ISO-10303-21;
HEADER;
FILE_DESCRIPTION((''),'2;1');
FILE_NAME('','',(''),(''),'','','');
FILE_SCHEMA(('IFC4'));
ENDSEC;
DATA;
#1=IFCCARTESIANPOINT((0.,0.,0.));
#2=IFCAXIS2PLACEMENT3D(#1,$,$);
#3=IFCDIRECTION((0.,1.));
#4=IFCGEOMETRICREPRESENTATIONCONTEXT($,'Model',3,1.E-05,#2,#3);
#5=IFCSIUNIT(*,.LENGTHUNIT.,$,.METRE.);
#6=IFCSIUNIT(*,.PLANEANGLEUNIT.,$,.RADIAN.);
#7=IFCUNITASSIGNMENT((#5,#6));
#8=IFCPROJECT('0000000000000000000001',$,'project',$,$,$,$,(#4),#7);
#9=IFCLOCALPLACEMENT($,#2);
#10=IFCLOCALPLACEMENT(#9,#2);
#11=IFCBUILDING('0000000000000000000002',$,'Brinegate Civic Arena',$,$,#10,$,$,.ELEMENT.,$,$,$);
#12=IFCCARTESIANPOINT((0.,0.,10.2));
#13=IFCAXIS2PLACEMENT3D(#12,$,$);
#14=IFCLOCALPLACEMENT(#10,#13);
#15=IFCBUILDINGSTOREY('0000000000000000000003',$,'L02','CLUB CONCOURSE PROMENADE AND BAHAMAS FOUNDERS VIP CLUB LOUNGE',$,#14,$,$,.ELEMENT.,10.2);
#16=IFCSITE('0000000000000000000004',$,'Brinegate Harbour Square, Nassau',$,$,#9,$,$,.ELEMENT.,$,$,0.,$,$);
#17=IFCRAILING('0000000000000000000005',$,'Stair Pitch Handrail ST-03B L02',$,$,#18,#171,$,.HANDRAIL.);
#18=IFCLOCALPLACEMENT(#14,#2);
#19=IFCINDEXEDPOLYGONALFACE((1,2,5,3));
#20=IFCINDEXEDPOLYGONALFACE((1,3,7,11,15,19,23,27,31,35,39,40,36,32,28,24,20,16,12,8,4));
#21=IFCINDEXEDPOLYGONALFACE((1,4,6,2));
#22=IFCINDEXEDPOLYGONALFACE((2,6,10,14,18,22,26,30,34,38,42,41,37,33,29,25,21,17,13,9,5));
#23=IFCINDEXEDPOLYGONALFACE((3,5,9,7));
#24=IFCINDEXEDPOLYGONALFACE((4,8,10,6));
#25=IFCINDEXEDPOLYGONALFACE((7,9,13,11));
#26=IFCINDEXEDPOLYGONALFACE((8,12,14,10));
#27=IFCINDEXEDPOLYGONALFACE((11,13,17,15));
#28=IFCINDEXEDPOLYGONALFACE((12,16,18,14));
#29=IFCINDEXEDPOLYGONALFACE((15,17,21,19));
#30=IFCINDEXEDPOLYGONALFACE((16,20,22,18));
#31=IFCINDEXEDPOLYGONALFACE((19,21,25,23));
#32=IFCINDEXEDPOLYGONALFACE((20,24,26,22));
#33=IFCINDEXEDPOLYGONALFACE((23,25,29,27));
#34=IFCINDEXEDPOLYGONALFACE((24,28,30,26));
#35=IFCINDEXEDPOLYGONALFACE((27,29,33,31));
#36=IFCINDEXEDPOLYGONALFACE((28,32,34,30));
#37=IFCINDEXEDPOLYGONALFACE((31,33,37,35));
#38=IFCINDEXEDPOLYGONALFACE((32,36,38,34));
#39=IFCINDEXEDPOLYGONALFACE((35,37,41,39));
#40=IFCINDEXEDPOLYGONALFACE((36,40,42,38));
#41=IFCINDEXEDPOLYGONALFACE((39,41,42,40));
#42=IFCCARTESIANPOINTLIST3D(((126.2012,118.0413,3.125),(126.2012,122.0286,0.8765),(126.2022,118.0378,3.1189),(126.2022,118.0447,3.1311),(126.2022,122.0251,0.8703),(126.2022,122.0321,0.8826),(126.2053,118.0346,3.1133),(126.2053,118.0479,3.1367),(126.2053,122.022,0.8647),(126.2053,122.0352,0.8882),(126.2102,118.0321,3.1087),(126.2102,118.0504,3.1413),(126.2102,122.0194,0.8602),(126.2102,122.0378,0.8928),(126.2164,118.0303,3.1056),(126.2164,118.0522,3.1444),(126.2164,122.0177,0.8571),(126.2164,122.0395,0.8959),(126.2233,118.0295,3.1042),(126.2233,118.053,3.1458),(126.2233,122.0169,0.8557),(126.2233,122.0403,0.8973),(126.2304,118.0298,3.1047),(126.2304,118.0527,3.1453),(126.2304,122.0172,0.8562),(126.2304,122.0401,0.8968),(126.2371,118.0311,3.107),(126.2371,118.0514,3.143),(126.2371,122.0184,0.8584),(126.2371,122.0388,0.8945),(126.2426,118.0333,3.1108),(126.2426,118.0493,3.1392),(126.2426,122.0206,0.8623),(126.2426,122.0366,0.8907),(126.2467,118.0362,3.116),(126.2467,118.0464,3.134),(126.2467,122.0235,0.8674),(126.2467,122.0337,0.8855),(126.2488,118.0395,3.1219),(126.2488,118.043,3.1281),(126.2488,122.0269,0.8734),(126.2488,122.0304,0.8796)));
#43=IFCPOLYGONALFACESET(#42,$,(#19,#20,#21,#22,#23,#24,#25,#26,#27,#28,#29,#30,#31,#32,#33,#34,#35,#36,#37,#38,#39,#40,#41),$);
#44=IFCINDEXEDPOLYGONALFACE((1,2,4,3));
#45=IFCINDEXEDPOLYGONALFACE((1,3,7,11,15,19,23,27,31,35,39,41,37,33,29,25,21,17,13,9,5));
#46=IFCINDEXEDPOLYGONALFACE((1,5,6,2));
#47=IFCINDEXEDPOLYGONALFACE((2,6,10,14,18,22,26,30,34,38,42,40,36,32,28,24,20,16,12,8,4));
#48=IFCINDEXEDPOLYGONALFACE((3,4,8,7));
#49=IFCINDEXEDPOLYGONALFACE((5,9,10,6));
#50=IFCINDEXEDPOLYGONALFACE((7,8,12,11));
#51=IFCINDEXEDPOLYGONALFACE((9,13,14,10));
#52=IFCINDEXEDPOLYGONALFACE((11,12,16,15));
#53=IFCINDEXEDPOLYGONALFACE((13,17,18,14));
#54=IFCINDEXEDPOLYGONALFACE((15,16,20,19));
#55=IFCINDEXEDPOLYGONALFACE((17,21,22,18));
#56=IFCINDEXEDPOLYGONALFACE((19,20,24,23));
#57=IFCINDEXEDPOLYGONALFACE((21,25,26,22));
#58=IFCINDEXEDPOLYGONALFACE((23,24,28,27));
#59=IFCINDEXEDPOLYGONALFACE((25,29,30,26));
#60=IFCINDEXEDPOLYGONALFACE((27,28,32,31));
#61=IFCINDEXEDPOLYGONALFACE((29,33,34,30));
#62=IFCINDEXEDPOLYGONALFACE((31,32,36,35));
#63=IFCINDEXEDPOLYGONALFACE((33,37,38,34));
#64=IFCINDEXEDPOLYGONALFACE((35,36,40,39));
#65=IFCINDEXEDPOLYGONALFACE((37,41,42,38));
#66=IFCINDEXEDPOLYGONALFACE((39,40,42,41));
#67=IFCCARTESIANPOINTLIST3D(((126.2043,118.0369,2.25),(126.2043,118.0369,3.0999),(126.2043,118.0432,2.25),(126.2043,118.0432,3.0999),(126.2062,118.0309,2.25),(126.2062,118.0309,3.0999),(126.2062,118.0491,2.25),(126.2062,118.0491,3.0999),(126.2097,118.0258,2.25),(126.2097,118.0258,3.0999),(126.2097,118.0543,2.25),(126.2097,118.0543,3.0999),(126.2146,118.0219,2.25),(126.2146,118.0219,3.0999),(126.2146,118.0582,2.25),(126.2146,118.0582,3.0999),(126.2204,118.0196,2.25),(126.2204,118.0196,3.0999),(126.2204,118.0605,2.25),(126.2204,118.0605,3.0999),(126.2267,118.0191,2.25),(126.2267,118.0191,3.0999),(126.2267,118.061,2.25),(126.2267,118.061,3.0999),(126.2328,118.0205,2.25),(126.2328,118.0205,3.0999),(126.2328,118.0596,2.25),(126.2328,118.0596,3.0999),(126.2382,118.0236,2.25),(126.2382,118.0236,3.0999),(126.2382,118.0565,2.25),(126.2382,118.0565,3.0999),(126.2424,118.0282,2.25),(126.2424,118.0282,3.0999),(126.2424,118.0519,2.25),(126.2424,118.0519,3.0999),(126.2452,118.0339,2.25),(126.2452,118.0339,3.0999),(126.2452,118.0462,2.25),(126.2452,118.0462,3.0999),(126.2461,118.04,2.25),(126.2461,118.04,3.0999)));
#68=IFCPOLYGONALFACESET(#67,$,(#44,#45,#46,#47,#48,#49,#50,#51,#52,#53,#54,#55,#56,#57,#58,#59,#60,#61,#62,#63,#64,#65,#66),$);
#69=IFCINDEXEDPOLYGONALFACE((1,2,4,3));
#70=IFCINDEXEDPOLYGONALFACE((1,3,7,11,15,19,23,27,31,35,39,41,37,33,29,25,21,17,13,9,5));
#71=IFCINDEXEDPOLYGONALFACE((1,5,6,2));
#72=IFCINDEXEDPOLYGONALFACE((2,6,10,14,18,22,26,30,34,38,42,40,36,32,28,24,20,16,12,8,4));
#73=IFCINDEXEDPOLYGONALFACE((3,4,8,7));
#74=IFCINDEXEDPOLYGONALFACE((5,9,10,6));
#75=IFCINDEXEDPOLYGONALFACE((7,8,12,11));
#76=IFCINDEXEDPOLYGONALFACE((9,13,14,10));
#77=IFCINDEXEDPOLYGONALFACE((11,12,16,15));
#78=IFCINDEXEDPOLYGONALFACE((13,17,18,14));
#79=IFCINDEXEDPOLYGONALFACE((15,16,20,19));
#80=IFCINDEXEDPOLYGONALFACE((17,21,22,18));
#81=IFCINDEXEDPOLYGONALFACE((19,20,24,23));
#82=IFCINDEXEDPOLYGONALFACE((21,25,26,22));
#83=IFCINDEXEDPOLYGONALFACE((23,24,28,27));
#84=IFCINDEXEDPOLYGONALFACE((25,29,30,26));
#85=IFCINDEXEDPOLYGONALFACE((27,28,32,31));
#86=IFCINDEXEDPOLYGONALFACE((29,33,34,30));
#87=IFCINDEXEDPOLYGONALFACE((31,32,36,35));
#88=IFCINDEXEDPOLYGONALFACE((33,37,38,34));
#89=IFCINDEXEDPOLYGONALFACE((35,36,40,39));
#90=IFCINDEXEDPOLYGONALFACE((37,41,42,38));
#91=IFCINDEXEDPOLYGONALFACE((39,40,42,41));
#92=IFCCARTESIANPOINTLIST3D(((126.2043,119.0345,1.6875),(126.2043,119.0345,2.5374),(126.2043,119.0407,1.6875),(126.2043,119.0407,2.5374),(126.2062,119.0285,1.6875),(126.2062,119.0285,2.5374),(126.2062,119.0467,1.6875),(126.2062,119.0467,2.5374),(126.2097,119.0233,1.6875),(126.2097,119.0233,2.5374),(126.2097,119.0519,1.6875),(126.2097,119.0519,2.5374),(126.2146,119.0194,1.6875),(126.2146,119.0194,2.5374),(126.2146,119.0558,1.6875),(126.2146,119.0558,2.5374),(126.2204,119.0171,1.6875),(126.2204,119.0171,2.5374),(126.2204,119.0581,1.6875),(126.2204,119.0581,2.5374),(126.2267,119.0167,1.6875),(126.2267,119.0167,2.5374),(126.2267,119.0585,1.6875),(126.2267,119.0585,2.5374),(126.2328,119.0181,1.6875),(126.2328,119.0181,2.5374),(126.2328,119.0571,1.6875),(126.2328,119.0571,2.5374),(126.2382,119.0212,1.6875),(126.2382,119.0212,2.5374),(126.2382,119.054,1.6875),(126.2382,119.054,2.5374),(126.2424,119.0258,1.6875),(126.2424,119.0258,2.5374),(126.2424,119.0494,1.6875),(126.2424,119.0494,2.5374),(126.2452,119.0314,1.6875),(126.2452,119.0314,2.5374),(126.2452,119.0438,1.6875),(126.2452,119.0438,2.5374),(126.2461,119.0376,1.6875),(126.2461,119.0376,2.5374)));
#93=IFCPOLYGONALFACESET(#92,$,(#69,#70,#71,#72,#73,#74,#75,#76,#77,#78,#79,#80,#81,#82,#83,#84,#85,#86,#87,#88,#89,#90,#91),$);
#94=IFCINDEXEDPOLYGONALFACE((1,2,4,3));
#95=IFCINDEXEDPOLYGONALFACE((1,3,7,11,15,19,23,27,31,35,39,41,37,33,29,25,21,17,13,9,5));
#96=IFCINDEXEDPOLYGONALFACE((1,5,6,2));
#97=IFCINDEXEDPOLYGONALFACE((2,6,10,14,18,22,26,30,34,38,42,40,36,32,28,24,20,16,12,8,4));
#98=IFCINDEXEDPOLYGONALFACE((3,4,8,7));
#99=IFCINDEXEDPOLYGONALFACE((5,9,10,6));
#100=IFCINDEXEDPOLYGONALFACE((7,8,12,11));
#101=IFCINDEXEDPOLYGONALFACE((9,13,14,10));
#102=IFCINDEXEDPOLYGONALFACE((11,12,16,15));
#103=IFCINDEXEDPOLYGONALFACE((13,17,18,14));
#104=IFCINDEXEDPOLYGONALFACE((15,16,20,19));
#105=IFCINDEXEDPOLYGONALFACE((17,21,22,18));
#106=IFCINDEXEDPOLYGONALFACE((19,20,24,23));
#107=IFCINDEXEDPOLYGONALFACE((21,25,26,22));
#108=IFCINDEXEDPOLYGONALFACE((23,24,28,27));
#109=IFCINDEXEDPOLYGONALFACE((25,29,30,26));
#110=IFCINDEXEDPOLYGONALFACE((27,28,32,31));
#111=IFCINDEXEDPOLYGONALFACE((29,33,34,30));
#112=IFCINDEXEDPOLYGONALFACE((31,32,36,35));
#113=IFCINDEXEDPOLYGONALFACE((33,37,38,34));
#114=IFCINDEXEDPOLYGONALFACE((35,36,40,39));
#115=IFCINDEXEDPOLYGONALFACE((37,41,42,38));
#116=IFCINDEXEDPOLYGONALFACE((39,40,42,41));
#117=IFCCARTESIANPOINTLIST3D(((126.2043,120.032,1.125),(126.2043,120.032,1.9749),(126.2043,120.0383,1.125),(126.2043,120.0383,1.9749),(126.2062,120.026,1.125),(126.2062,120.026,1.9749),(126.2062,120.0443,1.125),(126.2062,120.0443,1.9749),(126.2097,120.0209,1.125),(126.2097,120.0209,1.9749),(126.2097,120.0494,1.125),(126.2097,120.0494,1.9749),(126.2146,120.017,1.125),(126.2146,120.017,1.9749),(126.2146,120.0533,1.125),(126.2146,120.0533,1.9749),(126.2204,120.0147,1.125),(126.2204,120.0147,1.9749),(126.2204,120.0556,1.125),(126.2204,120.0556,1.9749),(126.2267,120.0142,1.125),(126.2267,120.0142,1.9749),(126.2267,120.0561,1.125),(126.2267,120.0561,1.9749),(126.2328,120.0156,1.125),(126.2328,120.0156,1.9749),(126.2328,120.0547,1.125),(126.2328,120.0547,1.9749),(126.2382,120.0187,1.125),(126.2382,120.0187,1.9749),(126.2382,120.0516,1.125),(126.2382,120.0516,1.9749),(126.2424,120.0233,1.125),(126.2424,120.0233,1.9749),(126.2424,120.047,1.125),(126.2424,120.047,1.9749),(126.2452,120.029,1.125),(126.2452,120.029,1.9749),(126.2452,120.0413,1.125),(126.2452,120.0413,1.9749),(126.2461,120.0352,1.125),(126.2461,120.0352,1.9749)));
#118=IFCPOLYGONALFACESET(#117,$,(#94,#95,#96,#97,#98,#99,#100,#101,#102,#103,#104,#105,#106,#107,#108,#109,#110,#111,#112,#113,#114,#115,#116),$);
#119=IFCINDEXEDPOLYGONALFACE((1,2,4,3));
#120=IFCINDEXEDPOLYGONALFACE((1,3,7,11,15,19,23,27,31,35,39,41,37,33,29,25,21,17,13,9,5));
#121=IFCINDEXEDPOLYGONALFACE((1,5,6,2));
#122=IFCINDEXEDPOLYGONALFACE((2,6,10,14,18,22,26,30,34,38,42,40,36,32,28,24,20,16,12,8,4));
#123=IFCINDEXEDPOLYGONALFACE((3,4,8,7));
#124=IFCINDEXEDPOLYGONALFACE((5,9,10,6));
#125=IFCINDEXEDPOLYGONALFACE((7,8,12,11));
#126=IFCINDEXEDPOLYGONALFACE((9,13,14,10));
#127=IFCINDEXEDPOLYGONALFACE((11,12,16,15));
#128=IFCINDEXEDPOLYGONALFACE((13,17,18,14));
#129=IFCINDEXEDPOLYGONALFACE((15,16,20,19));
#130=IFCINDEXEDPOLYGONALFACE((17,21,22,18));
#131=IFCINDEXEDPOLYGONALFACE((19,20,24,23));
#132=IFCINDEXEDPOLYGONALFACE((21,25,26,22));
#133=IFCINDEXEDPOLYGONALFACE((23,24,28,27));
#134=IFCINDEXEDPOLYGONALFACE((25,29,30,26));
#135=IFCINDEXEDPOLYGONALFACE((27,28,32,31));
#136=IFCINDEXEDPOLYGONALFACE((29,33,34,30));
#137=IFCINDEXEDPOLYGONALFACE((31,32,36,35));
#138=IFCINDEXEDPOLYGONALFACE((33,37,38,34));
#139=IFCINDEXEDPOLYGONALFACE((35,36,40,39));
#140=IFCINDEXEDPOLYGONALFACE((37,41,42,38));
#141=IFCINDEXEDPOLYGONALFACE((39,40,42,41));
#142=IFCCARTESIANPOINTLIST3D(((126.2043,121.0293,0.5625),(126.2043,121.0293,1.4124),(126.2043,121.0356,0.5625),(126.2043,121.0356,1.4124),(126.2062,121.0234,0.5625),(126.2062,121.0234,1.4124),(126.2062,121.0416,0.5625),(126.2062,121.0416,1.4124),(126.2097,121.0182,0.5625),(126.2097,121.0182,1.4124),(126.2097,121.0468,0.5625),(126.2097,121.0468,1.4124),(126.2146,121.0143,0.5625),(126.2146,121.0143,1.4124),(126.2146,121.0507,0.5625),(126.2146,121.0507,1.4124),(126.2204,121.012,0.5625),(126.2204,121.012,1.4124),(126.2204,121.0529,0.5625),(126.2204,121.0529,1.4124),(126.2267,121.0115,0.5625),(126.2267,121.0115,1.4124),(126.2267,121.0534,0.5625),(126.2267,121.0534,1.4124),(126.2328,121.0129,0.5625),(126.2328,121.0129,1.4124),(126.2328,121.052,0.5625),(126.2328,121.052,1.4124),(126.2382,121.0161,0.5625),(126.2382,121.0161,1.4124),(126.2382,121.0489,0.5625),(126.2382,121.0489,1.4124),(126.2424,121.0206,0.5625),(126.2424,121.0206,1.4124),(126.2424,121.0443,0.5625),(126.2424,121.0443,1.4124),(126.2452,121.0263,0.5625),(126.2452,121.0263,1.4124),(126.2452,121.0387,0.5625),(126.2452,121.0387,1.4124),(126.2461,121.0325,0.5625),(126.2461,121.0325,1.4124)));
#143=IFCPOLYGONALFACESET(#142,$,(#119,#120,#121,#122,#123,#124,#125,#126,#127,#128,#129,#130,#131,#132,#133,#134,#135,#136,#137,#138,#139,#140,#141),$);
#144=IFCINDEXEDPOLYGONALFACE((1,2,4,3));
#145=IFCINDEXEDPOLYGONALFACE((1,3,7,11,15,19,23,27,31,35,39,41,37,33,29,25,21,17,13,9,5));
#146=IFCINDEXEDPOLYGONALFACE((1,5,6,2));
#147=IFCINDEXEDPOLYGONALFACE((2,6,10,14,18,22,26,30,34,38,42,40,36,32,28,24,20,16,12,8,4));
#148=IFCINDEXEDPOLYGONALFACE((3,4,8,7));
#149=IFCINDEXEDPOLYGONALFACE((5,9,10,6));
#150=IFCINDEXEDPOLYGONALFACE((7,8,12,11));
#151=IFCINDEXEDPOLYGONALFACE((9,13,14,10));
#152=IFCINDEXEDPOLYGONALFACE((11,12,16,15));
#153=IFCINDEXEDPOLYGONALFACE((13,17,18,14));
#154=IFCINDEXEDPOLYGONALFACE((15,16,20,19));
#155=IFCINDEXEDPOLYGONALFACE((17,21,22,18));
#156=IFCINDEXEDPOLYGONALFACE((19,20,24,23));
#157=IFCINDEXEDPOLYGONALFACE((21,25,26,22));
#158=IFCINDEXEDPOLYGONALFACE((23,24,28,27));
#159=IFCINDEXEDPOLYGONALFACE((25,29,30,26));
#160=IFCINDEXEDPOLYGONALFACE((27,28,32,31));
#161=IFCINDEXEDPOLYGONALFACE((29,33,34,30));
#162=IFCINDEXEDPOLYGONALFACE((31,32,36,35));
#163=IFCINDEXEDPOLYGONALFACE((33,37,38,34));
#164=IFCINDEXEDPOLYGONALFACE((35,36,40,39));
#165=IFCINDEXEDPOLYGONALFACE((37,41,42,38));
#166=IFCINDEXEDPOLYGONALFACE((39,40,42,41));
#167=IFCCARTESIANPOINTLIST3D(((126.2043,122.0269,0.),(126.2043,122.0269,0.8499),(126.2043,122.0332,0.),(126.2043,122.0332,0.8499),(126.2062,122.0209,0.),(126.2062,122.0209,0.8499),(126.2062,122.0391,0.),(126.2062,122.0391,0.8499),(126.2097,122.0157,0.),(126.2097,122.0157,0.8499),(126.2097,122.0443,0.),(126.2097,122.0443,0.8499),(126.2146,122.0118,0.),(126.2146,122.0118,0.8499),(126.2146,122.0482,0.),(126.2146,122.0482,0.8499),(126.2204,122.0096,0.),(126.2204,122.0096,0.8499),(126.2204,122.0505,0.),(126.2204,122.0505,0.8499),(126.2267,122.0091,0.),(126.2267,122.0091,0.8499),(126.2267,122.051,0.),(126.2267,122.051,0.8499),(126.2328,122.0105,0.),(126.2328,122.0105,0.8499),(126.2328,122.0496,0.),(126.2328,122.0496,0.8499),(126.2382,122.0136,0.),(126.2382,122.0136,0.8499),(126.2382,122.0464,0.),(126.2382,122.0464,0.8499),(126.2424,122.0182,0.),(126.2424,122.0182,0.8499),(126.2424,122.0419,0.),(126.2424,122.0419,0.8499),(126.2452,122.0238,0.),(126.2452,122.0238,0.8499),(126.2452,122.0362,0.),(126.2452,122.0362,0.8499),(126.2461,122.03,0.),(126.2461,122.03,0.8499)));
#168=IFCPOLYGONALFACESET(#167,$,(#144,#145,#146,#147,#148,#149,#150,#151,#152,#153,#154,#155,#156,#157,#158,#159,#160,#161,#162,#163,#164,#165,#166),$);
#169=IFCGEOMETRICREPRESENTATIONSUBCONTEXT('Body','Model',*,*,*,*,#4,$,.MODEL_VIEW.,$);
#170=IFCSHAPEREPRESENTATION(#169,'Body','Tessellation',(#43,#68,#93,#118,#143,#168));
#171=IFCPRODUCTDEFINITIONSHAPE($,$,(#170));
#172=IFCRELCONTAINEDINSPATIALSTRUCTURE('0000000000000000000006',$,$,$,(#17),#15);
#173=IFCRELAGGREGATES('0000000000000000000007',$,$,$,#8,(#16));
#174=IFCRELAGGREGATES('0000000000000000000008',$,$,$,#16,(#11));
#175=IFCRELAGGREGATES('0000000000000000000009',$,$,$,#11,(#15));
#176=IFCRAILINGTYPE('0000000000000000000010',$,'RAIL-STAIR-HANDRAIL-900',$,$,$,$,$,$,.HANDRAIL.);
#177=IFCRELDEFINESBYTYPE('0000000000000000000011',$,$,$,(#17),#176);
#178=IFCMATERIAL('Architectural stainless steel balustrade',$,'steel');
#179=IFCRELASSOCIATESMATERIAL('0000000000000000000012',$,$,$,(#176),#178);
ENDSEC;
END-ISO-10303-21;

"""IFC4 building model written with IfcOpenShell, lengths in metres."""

from ifc_helpers import new_model, si_unit, direction, frame, origin, origin_2d, place, context, subcontext, project, spatial, circle, extrude, material, type_object, element, save


model = new_model("IFC4")

# Units and contexts
model_context = context("Model", 3, precision=1e-05, world=origin(), true_north=direction((0.0, 1.0)))
body_context = subcontext(model_context, "Body", "Model", "MODEL_VIEW")
ifc_project = project(units=[si_unit("LENGTHUNIT", "METRE"), si_unit("PLANEANGLEUNIT", "RADIAN")], contexts=[model_context])

# Site, building, storey
site_placement = place(None, origin())
site = spatial("IfcSite", under=ifc_project, at=site_placement, Name="Brinegate Harbour Square, Nassau", CompositionType="ELEMENT", RefElevation=0.0)
building_placement = place(site_placement, origin())
building = spatial("IfcBuilding", under=site, at=building_placement, Name="Brinegate Civic Arena", CompositionType="ELEMENT")
storey_placement = place(building_placement, frame((0.0, 0.0, 10.2)))
storey = spatial("IfcBuildingStorey", under=building, at=storey_placement, Name="L02", Description="CLUB CONCOURSE PROMENADE AND BAHAMAS FOUNDERS VIP CLUB LOUNGE", CompositionType="ELEMENT", Elevation=10.2)

# Railing
ifc_material_1 = material(Name="Architectural stainless steel balustrade", Category="steel")
railing_type_1 = type_object("IfcRailingType", Name="RAIL-STAIR-HANDRAIL-900", PredefinedType="HANDRAIL", material=ifc_material_1)
for number, where, name in (
    (1, (126.2251, 118.04, 2.25), "Stair Pitch Handrail ST-03B L02"),
):
    element("IfcRailing", number, at=place(storey_placement, frame(where)), inside=storey, type_object=railing_type_1, Name=name, PredefinedType="HANDRAIL", context=body_context, shape_type="SweptSolid", body=[
        extrude(circle(Radius=0.0239, at=origin_2d()), frame((0.0, 0.0012, 0.875), z_axis=(0.0, 0.87105, -0.491195), x_axis=(-1.0, 0.0, 0.0)), (0.0, 0.0, 1.0), 4.5776),
        extrude(circle(Radius=0.021, at=origin_2d()), origin(), (0.0, 0.0, 1.0), 0.8499),
        extrude(circle(Radius=0.021, at=origin_2d()), frame((0.0, 0.9976, -0.5625)), (0.0, 0.0, 1.0), 0.8499),
        extrude(circle(Radius=0.021, at=origin_2d()), frame((0.0, 1.9951, -1.125)), (0.0, 0.0, 1.0), 0.8499),
        extrude(circle(Radius=0.021, at=origin_2d()), frame((0.0, 2.9924, -1.6875)), (0.0, 0.0, 1.0), 0.8499),
        extrude(circle(Radius=0.021, at=origin_2d()), frame((0.0, 3.99, -2.25)), (0.0, 0.0, 1.0), 0.8499),
    ])

save(model, "model.ifc")
